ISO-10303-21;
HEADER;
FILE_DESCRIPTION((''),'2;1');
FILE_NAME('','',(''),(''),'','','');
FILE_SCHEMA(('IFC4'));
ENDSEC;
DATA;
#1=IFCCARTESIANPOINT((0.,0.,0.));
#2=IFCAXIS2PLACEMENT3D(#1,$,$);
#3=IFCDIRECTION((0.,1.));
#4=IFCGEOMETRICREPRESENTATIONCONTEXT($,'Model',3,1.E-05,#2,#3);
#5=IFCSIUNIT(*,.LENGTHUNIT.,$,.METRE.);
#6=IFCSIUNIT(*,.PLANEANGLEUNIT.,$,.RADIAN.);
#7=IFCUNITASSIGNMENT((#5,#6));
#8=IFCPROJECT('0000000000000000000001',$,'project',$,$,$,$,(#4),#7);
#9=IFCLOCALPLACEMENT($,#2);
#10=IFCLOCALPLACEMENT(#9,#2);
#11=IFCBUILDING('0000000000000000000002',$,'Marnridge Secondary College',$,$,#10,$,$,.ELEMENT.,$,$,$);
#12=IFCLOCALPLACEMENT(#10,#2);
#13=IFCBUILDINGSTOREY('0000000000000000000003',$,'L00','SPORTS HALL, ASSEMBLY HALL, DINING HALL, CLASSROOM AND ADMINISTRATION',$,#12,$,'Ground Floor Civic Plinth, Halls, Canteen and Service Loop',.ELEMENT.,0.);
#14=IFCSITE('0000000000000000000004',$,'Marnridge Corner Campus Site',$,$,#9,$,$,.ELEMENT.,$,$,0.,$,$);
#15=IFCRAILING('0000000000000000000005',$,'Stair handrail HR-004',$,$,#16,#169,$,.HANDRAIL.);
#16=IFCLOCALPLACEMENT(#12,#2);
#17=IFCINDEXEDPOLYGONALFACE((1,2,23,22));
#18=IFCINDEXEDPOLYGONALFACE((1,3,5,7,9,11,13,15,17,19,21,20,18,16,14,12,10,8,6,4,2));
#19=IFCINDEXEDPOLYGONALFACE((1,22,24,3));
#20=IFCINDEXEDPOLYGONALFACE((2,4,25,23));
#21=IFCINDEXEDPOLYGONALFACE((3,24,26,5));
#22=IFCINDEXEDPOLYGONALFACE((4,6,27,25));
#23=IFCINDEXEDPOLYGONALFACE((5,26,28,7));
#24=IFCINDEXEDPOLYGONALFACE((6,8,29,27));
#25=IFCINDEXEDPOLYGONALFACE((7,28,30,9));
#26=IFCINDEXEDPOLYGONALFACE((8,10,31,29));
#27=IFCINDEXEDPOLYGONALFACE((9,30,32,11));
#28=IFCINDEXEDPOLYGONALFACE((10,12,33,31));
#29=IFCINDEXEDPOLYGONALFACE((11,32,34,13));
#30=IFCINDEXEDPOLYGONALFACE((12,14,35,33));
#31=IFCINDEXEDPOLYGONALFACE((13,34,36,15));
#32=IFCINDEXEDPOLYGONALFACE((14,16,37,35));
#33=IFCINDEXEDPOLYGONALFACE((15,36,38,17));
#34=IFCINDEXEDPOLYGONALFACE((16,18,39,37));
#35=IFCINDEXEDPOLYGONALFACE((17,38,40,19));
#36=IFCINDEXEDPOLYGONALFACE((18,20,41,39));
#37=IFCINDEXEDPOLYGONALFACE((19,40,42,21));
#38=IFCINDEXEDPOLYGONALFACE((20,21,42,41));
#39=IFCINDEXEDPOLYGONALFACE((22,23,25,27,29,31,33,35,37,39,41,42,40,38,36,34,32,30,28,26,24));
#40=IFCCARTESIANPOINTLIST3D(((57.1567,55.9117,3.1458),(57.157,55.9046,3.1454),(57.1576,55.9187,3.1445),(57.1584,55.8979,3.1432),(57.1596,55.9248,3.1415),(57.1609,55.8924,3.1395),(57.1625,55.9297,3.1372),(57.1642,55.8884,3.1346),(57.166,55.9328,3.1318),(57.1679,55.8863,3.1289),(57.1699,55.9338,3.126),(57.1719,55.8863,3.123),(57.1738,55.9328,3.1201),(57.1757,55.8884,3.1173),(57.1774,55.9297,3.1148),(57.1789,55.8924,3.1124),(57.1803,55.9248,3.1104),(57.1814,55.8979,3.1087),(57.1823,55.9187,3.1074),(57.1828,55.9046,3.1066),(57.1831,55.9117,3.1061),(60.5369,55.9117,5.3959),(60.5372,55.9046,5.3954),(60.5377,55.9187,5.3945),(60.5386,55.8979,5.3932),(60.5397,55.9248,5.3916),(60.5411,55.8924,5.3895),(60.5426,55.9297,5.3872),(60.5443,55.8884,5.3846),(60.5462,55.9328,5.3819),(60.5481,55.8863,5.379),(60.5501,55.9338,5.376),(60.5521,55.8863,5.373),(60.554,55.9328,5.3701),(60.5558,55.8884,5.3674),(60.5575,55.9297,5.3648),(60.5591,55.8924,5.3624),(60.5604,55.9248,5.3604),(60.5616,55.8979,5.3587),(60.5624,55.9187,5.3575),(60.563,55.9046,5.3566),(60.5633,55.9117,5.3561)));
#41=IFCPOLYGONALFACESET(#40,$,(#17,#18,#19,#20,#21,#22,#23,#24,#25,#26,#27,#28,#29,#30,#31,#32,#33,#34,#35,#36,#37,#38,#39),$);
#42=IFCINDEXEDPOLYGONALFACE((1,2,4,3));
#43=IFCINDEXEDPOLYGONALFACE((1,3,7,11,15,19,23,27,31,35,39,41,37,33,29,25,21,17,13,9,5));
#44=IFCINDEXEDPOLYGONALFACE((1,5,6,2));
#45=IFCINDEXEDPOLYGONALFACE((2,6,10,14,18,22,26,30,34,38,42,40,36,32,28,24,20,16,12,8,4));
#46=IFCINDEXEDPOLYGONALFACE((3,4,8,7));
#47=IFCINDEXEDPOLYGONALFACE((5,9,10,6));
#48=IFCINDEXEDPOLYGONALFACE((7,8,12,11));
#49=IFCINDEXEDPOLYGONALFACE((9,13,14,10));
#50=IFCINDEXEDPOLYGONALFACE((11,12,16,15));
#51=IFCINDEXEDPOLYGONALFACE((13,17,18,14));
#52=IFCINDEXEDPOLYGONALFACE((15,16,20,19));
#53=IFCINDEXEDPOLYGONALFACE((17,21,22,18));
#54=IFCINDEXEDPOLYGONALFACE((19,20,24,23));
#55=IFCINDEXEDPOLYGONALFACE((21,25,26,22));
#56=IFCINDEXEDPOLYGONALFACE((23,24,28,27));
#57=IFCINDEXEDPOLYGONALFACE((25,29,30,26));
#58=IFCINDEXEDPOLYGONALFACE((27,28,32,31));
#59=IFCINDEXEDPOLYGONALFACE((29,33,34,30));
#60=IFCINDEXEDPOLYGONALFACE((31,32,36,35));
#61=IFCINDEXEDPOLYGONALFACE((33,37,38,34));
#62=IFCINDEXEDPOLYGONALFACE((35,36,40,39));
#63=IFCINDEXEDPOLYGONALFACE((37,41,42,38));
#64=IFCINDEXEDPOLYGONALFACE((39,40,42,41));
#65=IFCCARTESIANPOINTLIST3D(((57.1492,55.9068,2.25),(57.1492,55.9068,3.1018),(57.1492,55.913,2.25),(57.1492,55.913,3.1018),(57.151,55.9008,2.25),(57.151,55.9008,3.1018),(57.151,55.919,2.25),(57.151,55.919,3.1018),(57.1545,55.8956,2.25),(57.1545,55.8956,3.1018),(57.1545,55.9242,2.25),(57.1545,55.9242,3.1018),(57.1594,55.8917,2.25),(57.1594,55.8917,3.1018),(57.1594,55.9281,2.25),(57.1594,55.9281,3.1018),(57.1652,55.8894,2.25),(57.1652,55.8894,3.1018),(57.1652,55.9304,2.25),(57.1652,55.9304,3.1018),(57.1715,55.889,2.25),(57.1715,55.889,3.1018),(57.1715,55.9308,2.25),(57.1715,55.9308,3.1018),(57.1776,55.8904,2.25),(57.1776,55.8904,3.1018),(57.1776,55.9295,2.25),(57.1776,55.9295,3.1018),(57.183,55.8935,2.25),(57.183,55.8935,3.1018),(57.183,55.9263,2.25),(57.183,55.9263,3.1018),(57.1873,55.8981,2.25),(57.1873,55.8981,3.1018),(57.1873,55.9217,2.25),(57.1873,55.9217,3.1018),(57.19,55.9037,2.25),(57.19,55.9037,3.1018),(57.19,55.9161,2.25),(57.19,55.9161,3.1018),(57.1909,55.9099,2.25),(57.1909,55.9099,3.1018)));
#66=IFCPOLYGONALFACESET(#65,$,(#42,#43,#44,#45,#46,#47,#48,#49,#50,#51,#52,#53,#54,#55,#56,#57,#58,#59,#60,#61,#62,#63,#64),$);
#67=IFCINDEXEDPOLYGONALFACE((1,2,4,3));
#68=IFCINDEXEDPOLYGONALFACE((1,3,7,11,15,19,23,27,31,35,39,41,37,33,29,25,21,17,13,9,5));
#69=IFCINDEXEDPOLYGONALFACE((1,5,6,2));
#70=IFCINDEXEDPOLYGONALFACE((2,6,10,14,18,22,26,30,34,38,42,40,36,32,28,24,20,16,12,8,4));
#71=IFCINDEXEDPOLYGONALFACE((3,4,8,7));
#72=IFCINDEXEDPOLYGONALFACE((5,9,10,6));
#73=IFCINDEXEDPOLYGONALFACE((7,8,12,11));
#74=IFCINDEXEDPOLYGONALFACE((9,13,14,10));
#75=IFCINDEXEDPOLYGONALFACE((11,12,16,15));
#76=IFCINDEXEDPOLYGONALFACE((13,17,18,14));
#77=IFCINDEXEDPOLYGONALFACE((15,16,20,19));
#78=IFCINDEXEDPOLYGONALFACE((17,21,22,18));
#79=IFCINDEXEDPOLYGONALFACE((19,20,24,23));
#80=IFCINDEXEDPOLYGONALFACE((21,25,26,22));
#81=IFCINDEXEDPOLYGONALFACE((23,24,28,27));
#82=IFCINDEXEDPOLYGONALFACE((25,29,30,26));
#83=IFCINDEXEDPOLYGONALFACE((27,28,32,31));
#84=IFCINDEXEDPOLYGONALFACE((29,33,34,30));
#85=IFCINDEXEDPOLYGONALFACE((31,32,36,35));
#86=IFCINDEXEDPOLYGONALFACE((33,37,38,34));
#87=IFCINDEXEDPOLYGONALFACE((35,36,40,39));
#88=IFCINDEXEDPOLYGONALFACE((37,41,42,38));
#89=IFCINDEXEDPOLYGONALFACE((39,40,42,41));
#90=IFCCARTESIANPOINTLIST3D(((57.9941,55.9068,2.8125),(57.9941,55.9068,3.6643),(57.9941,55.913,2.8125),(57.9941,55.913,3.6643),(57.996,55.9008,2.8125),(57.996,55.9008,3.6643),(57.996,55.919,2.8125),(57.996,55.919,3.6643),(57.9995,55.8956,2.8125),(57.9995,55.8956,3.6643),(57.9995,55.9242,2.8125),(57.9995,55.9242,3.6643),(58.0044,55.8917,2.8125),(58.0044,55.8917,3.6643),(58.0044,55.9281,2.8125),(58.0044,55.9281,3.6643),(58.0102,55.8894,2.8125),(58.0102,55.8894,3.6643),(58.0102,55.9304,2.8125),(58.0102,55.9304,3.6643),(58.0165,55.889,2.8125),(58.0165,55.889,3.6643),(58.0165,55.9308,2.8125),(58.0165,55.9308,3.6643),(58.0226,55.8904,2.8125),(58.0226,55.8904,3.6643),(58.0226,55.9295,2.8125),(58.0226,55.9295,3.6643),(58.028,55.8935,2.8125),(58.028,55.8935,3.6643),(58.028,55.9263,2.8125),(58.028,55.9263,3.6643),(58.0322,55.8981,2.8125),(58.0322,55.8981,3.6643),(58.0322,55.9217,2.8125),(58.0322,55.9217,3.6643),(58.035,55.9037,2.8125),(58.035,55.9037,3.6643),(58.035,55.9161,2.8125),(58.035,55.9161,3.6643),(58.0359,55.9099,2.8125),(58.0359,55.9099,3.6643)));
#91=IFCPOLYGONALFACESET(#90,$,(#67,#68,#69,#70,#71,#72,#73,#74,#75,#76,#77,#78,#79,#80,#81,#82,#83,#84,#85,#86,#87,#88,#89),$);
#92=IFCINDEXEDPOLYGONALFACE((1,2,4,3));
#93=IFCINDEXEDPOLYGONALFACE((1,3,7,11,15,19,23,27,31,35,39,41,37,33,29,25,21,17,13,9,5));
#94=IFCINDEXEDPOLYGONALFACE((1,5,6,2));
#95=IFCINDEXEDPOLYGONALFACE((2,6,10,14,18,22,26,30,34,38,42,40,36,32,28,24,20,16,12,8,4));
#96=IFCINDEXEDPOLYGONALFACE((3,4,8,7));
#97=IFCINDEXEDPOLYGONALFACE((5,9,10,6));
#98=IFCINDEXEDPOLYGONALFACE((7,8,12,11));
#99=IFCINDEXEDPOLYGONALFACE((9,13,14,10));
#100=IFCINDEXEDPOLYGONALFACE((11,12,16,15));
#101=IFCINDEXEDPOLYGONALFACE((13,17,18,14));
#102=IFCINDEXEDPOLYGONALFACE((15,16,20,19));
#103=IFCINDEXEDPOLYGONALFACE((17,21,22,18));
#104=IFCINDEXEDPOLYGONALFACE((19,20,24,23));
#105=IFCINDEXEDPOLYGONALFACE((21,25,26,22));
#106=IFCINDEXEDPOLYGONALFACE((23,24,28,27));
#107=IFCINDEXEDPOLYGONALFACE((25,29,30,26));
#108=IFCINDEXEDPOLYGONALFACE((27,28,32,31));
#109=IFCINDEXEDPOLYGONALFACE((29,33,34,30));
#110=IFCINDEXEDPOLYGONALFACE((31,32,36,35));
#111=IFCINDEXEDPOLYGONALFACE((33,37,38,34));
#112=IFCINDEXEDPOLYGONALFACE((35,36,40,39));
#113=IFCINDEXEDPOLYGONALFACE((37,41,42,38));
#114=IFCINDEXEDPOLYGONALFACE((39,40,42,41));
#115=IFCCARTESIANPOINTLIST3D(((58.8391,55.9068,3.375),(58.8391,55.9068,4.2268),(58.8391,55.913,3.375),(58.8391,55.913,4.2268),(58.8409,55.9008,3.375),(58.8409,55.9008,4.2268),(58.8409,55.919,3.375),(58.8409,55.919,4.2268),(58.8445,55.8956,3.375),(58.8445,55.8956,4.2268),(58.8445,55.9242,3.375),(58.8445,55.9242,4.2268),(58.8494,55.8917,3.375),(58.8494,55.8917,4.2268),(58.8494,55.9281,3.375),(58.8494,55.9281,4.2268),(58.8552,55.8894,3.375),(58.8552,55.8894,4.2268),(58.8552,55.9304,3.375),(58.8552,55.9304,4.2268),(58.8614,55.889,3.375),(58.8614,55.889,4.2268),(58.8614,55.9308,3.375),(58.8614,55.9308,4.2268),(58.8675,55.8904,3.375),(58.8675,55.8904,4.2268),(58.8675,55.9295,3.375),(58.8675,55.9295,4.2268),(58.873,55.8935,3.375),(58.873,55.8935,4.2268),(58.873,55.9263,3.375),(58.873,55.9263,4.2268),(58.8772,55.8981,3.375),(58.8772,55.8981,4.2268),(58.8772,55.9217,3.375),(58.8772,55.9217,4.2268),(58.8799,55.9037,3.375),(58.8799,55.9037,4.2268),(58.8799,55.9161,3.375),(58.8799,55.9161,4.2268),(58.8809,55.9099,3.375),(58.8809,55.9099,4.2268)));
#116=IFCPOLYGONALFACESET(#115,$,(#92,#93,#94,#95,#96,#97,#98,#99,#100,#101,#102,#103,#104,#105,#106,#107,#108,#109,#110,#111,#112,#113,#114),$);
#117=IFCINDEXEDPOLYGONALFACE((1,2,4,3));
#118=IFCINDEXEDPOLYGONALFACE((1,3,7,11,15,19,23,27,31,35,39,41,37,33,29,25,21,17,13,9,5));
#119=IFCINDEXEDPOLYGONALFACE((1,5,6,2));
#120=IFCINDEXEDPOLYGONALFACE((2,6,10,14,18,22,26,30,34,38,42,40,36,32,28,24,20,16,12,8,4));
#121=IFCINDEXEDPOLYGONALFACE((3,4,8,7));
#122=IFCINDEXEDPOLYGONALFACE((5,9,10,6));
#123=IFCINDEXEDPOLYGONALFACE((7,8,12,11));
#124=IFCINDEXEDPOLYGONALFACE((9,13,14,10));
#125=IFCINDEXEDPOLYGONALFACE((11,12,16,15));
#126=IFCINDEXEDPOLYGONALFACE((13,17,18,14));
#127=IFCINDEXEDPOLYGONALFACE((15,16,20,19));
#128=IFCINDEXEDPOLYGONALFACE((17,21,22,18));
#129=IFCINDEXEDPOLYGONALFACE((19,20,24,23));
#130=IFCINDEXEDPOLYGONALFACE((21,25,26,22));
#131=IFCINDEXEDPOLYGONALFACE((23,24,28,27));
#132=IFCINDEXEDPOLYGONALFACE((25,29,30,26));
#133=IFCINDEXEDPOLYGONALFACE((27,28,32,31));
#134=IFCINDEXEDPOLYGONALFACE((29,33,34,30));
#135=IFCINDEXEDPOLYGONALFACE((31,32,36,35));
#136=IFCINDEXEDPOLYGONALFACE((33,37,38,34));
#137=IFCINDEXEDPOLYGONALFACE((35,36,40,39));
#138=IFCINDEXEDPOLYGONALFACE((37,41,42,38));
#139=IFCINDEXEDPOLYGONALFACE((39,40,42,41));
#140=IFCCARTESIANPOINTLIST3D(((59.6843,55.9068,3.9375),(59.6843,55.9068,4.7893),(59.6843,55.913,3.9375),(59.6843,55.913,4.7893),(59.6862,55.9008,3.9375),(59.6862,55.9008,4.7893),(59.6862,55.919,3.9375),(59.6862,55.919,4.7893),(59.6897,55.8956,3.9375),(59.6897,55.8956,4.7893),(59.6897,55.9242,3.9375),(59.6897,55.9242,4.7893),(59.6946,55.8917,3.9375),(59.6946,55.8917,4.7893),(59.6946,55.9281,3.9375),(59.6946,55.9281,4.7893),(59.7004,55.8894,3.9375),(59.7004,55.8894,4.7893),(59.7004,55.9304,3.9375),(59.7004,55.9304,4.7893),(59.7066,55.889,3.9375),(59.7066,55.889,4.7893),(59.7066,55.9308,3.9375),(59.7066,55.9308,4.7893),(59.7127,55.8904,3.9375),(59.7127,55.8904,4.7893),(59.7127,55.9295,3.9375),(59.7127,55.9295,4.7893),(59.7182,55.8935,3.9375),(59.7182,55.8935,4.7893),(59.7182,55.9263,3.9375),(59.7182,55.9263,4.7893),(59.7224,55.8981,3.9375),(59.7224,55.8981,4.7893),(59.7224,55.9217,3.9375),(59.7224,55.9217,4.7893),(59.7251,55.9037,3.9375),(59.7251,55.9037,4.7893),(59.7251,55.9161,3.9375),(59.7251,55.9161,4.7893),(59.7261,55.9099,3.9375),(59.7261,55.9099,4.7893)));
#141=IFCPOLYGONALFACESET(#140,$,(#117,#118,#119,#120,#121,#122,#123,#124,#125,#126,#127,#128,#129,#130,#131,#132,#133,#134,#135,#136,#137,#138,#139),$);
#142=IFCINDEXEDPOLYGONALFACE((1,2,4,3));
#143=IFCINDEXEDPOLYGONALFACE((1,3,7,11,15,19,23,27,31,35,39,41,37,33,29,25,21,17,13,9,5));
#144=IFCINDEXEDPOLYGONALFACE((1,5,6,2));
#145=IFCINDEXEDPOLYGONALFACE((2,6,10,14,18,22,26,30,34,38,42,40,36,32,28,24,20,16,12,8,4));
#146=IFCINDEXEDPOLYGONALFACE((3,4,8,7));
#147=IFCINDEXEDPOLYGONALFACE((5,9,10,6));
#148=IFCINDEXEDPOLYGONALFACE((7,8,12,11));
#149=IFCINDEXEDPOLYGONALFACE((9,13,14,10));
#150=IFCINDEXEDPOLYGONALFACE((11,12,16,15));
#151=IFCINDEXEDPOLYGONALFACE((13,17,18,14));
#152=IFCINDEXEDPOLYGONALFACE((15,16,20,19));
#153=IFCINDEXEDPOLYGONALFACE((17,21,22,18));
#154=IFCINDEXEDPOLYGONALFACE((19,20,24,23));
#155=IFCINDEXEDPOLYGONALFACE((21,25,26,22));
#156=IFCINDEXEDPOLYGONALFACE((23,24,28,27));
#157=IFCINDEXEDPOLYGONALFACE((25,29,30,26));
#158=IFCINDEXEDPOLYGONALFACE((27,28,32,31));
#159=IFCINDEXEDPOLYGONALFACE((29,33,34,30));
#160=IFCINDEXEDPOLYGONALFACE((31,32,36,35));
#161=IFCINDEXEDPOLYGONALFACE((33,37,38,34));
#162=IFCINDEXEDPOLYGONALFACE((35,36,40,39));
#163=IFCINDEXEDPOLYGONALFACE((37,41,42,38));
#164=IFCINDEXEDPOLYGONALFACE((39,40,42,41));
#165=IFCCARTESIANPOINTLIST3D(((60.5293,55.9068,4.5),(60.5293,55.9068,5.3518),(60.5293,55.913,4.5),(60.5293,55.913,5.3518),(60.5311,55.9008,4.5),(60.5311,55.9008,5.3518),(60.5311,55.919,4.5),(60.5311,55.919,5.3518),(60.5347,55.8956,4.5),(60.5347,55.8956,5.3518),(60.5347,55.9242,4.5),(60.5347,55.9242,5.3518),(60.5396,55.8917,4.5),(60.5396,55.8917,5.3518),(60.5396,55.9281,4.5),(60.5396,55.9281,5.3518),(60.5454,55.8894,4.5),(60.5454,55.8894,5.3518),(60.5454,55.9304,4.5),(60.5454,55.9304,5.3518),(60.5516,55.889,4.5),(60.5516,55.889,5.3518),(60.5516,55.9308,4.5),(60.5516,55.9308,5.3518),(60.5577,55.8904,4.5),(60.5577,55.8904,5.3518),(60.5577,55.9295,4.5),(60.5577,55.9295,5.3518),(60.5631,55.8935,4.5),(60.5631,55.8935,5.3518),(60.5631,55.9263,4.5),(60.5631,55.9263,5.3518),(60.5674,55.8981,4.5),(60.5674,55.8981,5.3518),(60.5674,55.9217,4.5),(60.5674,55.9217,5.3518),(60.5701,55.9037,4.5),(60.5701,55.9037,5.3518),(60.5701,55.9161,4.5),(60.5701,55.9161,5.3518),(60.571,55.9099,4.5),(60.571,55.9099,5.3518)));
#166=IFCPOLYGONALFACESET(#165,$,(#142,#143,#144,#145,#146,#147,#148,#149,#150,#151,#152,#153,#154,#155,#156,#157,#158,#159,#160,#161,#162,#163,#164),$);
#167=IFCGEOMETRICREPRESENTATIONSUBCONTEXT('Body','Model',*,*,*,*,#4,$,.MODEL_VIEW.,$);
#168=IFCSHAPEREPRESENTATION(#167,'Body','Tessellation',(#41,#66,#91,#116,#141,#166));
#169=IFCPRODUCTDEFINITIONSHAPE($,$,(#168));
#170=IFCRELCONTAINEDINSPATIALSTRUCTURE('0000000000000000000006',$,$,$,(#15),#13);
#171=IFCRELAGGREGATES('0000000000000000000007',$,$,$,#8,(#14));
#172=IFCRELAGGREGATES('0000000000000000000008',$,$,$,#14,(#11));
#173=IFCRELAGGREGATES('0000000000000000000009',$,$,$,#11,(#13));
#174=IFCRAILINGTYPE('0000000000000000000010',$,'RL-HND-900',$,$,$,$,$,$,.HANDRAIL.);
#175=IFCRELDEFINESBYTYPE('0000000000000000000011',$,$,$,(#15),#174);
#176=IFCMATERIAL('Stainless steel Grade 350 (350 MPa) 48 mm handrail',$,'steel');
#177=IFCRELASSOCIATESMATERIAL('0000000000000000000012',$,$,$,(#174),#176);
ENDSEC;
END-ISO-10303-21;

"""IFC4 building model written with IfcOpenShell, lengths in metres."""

from ifc_helpers import new_model, si_unit, direction, frame, origin, origin_2d, place, context, subcontext, project, spatial, circle, extrude, material, type_object, element, save


model = new_model("IFC4")

# Units and contexts
model_context = context("Model", 3, precision=1e-05, world=origin(), true_north=direction((0.0, 1.0)))
body_context = subcontext(model_context, "Body", "Model", "MODEL_VIEW")
ifc_project = project(units=[si_unit("LENGTHUNIT", "METRE"), si_unit("PLANEANGLEUNIT", "RADIAN")], contexts=[model_context])

# Site, building, storey
site_placement = place(None, origin())
site = spatial("IfcSite", under=ifc_project, at=site_placement, Name="Marnridge Corner Campus Site", CompositionType="ELEMENT", RefElevation=0.0)
building_placement = place(site_placement, origin())
building = spatial("IfcBuilding", under=site, at=building_placement, Name="Marnridge Secondary College", CompositionType="ELEMENT")
storey_placement = place(building_placement, origin())
storey = spatial("IfcBuildingStorey", under=building, at=storey_placement, Name="L00", Description="SPORTS HALL, ASSEMBLY HALL, DINING HALL, CLASSROOM AND ADMINISTRATION", LongName="Ground Floor Civic Plinth, Halls, Canteen and Service Loop", CompositionType="ELEMENT", Elevation=0.0)

# Railing
ifc_material_1 = material(Name="Stainless steel Grade 350 (350 MPa) 48 mm handrail", Category="steel")
railing_type_1 = type_object("IfcRailingType", Name="RL-HND-900", PredefinedType="HANDRAIL", material=ifc_material_1)
for number, where, name in (
    (1, (57.1699, 55.9099, 2.25), "Stair handrail HR-004"),
):
    element("IfcRailing", number, at=place(storey_placement, frame(where)), inside=storey, type_object=railing_type_1, Name=name, PredefinedType="HANDRAIL", context=body_context, shape_type="SweptSolid", body=[
        extrude(circle(Radius=0.0239, at=origin_2d()), frame((0.0, 0.0, 0.876), z_axis=(0.832439, 0.0, 0.554117), x_axis=(0.0, 1.0, 0.0)), (0.0, 0.0, 1.0), 4.0605),
        extrude(circle(Radius=0.021, at=origin_2d()), origin(), (0.0, 0.0, 1.0), 0.8518),
        extrude(circle(Radius=0.021, at=origin_2d()), frame((0.845, 0.0, 0.5625)), (0.0, 0.0, 1.0), 0.8518),
        extrude(circle(Radius=0.021, at=origin_2d()), frame((1.6899, 0.0, 1.125)), (0.0, 0.0, 1.0), 0.8518),
        extrude(circle(Radius=0.021, at=origin_2d()), frame((2.5352, 0.0, 1.6875)), (0.0, 0.0, 1.0), 0.8518),
        extrude(circle(Radius=0.021, at=origin_2d()), frame((3.3801, 0.0, 2.25)), (0.0, 0.0, 1.0), 0.8518),
    ])

save(model, "model.ifc")
